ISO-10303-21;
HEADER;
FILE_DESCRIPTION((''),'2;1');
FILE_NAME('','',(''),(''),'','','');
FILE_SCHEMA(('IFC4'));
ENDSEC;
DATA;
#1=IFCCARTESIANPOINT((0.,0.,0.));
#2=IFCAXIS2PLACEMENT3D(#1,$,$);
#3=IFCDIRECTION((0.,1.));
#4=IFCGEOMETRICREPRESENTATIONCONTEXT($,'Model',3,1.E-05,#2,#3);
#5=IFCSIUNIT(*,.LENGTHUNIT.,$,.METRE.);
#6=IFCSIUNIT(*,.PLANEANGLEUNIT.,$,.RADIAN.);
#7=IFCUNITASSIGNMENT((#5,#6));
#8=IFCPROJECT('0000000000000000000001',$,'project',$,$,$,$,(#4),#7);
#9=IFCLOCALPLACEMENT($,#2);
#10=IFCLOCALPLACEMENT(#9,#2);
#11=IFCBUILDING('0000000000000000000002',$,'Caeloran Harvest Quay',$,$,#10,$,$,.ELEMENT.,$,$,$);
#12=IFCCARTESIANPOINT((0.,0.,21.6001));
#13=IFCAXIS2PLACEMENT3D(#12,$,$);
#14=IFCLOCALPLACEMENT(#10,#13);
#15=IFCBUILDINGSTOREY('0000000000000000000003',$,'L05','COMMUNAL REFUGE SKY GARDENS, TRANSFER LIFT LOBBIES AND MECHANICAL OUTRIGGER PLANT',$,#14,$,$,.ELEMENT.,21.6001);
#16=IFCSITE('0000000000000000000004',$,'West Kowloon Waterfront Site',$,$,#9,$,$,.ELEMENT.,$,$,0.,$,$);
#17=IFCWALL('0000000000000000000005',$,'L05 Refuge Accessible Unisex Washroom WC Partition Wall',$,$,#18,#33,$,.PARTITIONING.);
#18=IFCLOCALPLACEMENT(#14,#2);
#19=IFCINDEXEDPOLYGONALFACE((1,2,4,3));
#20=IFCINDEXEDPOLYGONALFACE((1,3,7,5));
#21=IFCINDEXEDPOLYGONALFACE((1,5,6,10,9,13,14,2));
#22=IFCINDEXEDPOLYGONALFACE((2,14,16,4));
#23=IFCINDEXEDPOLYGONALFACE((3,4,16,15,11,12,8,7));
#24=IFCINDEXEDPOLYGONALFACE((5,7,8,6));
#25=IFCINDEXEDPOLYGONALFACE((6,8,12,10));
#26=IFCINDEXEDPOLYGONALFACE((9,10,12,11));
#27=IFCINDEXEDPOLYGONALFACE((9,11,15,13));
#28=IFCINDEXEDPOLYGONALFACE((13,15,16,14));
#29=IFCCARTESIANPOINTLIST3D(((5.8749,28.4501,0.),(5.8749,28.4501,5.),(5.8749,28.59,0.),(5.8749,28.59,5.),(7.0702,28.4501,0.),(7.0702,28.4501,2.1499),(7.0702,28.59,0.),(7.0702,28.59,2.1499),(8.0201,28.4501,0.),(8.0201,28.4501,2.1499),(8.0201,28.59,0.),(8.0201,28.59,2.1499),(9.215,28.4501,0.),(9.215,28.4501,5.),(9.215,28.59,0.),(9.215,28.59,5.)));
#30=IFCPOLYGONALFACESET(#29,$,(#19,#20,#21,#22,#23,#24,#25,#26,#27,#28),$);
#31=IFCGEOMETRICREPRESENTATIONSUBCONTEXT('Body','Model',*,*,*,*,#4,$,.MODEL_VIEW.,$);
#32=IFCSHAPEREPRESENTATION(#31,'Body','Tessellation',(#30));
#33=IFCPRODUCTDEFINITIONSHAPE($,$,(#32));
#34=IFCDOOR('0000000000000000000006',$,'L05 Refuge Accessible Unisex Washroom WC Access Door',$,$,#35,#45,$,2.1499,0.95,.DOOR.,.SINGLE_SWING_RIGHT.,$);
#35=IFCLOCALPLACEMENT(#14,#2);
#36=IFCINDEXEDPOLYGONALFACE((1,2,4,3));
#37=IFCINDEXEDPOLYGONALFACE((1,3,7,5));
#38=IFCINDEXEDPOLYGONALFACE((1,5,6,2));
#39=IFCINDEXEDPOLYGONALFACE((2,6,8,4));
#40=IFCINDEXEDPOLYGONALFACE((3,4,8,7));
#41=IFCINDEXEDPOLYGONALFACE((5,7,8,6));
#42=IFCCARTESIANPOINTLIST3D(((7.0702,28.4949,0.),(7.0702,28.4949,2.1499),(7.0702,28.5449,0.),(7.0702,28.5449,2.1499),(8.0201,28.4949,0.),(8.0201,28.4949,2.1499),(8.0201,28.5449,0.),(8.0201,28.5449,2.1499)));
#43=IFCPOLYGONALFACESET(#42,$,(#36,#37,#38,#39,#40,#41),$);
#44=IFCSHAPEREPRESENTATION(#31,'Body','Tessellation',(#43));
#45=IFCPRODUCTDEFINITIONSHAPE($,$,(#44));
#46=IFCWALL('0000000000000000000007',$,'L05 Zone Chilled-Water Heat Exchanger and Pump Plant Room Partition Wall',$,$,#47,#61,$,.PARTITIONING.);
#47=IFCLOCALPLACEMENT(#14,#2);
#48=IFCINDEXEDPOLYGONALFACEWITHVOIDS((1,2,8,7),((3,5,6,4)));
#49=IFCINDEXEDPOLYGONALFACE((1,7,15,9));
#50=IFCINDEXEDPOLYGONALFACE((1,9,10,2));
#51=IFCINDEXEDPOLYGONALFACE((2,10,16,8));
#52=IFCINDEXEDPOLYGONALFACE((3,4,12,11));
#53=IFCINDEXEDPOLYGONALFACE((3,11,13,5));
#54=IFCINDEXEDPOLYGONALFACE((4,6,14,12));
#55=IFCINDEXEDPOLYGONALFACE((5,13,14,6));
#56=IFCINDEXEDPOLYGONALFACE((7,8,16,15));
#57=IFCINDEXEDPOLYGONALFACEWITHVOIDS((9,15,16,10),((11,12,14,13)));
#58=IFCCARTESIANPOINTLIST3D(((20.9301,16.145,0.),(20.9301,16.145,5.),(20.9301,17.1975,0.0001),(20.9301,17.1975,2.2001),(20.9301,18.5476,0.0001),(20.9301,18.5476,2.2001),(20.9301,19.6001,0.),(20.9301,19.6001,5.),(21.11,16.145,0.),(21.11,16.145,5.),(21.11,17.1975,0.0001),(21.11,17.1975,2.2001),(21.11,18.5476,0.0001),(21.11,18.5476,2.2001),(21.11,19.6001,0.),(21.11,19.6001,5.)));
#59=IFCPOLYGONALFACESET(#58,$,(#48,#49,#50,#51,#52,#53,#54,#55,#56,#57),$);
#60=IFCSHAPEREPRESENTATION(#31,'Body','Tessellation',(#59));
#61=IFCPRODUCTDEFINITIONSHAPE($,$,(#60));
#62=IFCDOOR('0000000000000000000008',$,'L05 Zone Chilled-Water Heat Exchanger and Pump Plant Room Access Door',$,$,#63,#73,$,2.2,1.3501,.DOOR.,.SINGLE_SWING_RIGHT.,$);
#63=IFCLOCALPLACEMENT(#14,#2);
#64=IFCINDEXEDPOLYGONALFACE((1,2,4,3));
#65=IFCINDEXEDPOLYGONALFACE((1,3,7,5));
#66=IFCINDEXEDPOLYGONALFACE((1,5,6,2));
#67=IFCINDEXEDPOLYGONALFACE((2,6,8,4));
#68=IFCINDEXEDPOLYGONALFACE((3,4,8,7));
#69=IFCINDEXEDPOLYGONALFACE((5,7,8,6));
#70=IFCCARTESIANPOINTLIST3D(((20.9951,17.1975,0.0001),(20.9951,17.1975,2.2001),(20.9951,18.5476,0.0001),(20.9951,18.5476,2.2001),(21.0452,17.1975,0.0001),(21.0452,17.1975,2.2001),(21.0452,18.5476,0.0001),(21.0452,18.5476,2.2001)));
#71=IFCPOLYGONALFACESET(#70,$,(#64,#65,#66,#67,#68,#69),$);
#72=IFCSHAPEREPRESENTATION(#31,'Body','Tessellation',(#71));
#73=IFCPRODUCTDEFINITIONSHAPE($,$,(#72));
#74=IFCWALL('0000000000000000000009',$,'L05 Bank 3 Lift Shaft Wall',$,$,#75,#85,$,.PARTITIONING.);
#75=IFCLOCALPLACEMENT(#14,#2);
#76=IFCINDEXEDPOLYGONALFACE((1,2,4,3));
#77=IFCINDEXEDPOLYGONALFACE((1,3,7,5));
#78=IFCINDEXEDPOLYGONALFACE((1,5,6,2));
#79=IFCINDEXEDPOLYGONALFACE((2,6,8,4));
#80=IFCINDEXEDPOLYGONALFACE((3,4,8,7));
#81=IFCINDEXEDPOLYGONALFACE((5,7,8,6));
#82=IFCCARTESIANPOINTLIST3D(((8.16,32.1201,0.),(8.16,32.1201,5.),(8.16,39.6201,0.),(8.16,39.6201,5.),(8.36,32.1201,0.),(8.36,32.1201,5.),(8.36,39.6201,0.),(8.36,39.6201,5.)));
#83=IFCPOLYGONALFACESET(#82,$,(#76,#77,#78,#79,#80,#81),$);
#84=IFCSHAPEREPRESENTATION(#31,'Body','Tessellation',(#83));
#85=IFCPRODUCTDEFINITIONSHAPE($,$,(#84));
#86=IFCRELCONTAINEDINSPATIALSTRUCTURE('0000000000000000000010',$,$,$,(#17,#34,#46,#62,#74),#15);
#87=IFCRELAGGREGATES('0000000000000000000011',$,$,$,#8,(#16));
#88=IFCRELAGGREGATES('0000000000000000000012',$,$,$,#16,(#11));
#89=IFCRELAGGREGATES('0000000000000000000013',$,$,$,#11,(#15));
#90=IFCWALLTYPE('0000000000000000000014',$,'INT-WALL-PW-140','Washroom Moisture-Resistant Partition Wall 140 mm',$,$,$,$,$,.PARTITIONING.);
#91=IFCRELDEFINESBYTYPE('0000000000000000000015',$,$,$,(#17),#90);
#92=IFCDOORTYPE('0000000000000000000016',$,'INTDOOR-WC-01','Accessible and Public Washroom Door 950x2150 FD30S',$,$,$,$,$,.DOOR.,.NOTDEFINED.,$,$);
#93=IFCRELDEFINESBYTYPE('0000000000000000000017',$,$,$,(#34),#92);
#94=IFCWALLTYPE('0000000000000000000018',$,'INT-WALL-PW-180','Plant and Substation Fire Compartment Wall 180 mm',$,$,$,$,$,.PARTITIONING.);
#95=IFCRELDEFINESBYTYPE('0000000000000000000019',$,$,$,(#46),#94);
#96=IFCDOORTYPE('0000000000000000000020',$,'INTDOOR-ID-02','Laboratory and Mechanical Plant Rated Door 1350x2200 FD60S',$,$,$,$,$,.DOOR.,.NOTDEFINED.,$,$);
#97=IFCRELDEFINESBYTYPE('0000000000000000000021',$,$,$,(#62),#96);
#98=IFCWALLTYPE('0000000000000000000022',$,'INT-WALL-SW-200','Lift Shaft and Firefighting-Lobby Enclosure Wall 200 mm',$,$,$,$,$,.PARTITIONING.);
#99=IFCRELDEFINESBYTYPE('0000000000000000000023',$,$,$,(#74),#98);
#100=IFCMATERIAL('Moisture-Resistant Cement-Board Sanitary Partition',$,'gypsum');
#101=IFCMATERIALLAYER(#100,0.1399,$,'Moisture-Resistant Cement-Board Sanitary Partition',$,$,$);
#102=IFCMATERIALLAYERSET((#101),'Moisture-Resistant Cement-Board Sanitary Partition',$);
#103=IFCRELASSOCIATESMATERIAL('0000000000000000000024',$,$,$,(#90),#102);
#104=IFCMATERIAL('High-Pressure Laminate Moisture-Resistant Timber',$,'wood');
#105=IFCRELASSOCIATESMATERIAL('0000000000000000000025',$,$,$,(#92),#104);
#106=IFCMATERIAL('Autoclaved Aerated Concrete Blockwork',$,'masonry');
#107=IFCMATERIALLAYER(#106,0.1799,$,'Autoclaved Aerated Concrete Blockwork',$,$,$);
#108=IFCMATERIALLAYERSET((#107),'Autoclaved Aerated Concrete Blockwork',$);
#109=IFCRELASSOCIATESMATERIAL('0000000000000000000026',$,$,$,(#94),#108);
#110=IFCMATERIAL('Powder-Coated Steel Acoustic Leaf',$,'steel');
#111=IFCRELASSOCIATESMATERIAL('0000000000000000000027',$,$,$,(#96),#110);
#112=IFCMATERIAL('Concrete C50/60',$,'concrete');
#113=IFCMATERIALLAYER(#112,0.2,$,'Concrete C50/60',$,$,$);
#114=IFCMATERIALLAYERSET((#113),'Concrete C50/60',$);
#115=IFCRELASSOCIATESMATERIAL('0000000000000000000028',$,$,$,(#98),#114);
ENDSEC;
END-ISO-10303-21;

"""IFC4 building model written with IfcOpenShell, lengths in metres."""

from ifc_helpers import new_model, si_unit, direction, frame, frame_2d, origin, place, context, subcontext, project, spatial, rectangle, extrude, material, layer, layer_set, type_object, element, fill, save


model = new_model("IFC4")

# Units and contexts
model_context = context("Model", 3, precision=1e-05, world=origin(), true_north=direction((0.0, 1.0)))
body_context = subcontext(model_context, "Body", "Model", "MODEL_VIEW")
ifc_project = project(units=[si_unit("LENGTHUNIT", "METRE"), si_unit("PLANEANGLEUNIT", "RADIAN")], contexts=[model_context])

# Site, building, storey
site_placement = place(None, origin())
site = spatial("IfcSite", under=ifc_project, at=site_placement, Name="West Kowloon Waterfront Site", CompositionType="ELEMENT", RefElevation=0.0)
building_placement = place(site_placement, origin())
building = spatial("IfcBuilding", under=site, at=building_placement, Name="Caeloran Harvest Quay", CompositionType="ELEMENT")
storey_placement = place(building_placement, frame((0.0, 0.0, 21.6001)))
storey = spatial("IfcBuildingStorey", under=building, at=storey_placement, Name="L05", Description="COMMUNAL REFUGE SKY GARDENS, TRANSFER LIFT LOBBIES AND MECHANICAL OUTRIGGER PLANT", CompositionType="ELEMENT", Elevation=21.6001)

# Shared definitions
ifc_material_1 = material(Name="Moisture-Resistant Cement-Board Sanitary Partition", Category="gypsum")
ifc_layer_1 = layer(ifc_material_1, 0.1399, Name="Moisture-Resistant Cement-Board Sanitary Partition")
ifc_layer_set_1 = layer_set([ifc_layer_1], Name="Moisture-Resistant Cement-Board Sanitary Partition")
wall_type_1 = type_object("IfcWallType", Name="INT-WALL-PW-140", Description="Washroom Moisture-Resistant Partition Wall 140 mm", PredefinedType="PARTITIONING", material=ifc_layer_set_1)
ifc_material_2 = material(Name="High-Pressure Laminate Moisture-Resistant Timber", Category="wood")
door_type_1 = type_object("IfcDoorType", Name="INTDOOR-WC-01", Description="Accessible and Public Washroom Door 950x2150 FD30S", OperationType="NOTDEFINED", PredefinedType="DOOR", material=ifc_material_2)

# Walls, openings, doors
wall_1_placement = place(storey_placement, frame((5.875, 28.52, 0.0), z_axis=(0.0, 0.0, 1.0), x_axis=(1.0, 0.0, 0.0)))
wall_1 = element("IfcWall", 1, at=wall_1_placement, inside=storey, type_object=wall_type_1, Name="L05 Refuge Accessible Unisex Washroom WC Partition Wall", PredefinedType="PARTITIONING", context=body_context, shape_type="SweptSolid", body=[
    extrude(rectangle(XDim=3.3401, YDim=0.1399, at=frame_2d((1.6699, 0.0))), origin(), (0.0, 0.0, 1.0), 5.0),
])
opening_1_placement = place(wall_1_placement, frame((1.1951, 0.0, 0.0)))
opening_1 = element("IfcOpeningElement", 2, at=opening_1_placement, cuts=wall_1, PredefinedType="OPENING", context=body_context, shape_type="SweptSolid", body=[
    extrude(rectangle(XDim=0.95, YDim=2.1499, at=frame_2d((0.4751, 1.075))), frame((0.0, 0.0801, 0.0), z_axis=(0.0, -1.0, 0.0), x_axis=(1.0, 0.0, 0.0)), (0.0, 0.0, 1.0), 0.1599),
])
door_1_placement = place(opening_1_placement, origin())
door_1 = element("IfcDoor", 3, at=door_1_placement, inside=storey, type_object=door_type_1, Name="L05 Refuge Accessible Unisex Washroom WC Access Door", OperationType="SINGLE_SWING_RIGHT", OverallHeight=2.1499, OverallWidth=0.95, PredefinedType="DOOR", context=body_context, shape_type="SweptSolid", body=[
    extrude(rectangle(XDim=0.95, YDim=2.1499, at=frame_2d((0.4751, 1.075))), frame((0.0, 0.0249, 0.0), z_axis=(0.0, -1.0, 0.0), x_axis=(1.0, 0.0, 0.0)), (0.0, 0.0, 1.0), 0.05),
])
fill(opening_1, door_1)
ifc_material_3 = material(Name="Autoclaved Aerated Concrete Blockwork", Category="masonry")
ifc_layer_2 = layer(ifc_material_3, 0.1799, Name="Autoclaved Aerated Concrete Blockwork")
ifc_layer_set_2 = layer_set([ifc_layer_2], Name="Autoclaved Aerated Concrete Blockwork")
wall_type_2 = type_object("IfcWallType", Name="INT-WALL-PW-180", Description="Plant and Substation Fire Compartment Wall 180 mm", PredefinedType="PARTITIONING", material=ifc_layer_set_2)
wall_2_placement = place(storey_placement, frame((21.02, 16.145, 0.0), z_axis=(0.0, 0.0, 1.0), x_axis=(0.0, 1.0, 0.0)))
wall_2 = element("IfcWall", 4, at=wall_2_placement, inside=storey, type_object=wall_type_2, Name="L05 Zone Chilled-Water Heat Exchanger and Pump Plant Room Partition Wall", PredefinedType="PARTITIONING", context=body_context, shape_type="SweptSolid", body=[
    extrude(rectangle(XDim=3.4551, YDim=0.1799, at=frame_2d((1.7275, 0.0))), origin(), (0.0, 0.0, 1.0), 5.0),
])
opening_2_placement = place(wall_2_placement, frame((1.0525, 0.0, 0.0)))
opening_2 = element("IfcOpeningElement", 5, at=opening_2_placement, cuts=wall_2, PredefinedType="OPENING", context=body_context, shape_type="SweptSolid", body=[
    extrude(rectangle(XDim=1.3501, YDim=2.2, at=frame_2d((0.675, 1.1001))), frame((0.0, 0.1001, 0.0), z_axis=(0.0, -1.0, 0.0), x_axis=(1.0, 0.0, 0.0)), (0.0, 0.0, 1.0), 0.2),
])
ifc_material_4 = material(Name="Powder-Coated Steel Acoustic Leaf", Category="steel")
door_type_2 = type_object("IfcDoorType", Name="INTDOOR-ID-02", Description="Laboratory and Mechanical Plant Rated Door 1350x2200 FD60S", OperationType="NOTDEFINED", PredefinedType="DOOR", material=ifc_material_4)
door_2_placement = place(opening_2_placement, origin())
door_2 = element("IfcDoor", 6, at=door_2_placement, inside=storey, type_object=door_type_2, Name="L05 Zone Chilled-Water Heat Exchanger and Pump Plant Room Access Door", OperationType="SINGLE_SWING_RIGHT", OverallHeight=2.2, OverallWidth=1.3501, PredefinedType="DOOR", context=body_context, shape_type="SweptSolid", body=[
    extrude(rectangle(XDim=1.3501, YDim=2.2, at=frame_2d((0.675, 1.1001))), frame((0.0, 0.0249, 0.0), z_axis=(0.0, -1.0, 0.0), x_axis=(1.0, 0.0, 0.0)), (0.0, 0.0, 1.0), 0.05),
])
fill(opening_2, door_2)

# Wall
ifc_material_5 = material(Name="Concrete C50/60", Category="concrete")
ifc_layer_3 = layer(ifc_material_5, 0.2, Name="Concrete C50/60")
ifc_layer_set_3 = layer_set([ifc_layer_3], Name="Concrete C50/60")
wall_type_3 = type_object("IfcWallType", Name="INT-WALL-SW-200", Description="Lift Shaft and Firefighting-Lobby Enclosure Wall 200 mm", PredefinedType="PARTITIONING", material=ifc_layer_set_3)
wall_3_placement = place(storey_placement, frame((8.26, 32.1201, 0.0), z_axis=(0.0, 0.0, 1.0), x_axis=(0.0, 1.0, 0.0)))
element("IfcWall", 7, at=wall_3_placement, inside=storey, type_object=wall_type_3, Name="L05 Bank 3 Lift Shaft Wall", PredefinedType="PARTITIONING", context=body_context, shape_type="SweptSolid", body=[
    extrude(rectangle(XDim=7.5, YDim=0.2, at=frame_2d((3.75, 0.0))), origin(), (0.0, 0.0, 1.0), 5.0),
])

save(model, "model.ifc")
